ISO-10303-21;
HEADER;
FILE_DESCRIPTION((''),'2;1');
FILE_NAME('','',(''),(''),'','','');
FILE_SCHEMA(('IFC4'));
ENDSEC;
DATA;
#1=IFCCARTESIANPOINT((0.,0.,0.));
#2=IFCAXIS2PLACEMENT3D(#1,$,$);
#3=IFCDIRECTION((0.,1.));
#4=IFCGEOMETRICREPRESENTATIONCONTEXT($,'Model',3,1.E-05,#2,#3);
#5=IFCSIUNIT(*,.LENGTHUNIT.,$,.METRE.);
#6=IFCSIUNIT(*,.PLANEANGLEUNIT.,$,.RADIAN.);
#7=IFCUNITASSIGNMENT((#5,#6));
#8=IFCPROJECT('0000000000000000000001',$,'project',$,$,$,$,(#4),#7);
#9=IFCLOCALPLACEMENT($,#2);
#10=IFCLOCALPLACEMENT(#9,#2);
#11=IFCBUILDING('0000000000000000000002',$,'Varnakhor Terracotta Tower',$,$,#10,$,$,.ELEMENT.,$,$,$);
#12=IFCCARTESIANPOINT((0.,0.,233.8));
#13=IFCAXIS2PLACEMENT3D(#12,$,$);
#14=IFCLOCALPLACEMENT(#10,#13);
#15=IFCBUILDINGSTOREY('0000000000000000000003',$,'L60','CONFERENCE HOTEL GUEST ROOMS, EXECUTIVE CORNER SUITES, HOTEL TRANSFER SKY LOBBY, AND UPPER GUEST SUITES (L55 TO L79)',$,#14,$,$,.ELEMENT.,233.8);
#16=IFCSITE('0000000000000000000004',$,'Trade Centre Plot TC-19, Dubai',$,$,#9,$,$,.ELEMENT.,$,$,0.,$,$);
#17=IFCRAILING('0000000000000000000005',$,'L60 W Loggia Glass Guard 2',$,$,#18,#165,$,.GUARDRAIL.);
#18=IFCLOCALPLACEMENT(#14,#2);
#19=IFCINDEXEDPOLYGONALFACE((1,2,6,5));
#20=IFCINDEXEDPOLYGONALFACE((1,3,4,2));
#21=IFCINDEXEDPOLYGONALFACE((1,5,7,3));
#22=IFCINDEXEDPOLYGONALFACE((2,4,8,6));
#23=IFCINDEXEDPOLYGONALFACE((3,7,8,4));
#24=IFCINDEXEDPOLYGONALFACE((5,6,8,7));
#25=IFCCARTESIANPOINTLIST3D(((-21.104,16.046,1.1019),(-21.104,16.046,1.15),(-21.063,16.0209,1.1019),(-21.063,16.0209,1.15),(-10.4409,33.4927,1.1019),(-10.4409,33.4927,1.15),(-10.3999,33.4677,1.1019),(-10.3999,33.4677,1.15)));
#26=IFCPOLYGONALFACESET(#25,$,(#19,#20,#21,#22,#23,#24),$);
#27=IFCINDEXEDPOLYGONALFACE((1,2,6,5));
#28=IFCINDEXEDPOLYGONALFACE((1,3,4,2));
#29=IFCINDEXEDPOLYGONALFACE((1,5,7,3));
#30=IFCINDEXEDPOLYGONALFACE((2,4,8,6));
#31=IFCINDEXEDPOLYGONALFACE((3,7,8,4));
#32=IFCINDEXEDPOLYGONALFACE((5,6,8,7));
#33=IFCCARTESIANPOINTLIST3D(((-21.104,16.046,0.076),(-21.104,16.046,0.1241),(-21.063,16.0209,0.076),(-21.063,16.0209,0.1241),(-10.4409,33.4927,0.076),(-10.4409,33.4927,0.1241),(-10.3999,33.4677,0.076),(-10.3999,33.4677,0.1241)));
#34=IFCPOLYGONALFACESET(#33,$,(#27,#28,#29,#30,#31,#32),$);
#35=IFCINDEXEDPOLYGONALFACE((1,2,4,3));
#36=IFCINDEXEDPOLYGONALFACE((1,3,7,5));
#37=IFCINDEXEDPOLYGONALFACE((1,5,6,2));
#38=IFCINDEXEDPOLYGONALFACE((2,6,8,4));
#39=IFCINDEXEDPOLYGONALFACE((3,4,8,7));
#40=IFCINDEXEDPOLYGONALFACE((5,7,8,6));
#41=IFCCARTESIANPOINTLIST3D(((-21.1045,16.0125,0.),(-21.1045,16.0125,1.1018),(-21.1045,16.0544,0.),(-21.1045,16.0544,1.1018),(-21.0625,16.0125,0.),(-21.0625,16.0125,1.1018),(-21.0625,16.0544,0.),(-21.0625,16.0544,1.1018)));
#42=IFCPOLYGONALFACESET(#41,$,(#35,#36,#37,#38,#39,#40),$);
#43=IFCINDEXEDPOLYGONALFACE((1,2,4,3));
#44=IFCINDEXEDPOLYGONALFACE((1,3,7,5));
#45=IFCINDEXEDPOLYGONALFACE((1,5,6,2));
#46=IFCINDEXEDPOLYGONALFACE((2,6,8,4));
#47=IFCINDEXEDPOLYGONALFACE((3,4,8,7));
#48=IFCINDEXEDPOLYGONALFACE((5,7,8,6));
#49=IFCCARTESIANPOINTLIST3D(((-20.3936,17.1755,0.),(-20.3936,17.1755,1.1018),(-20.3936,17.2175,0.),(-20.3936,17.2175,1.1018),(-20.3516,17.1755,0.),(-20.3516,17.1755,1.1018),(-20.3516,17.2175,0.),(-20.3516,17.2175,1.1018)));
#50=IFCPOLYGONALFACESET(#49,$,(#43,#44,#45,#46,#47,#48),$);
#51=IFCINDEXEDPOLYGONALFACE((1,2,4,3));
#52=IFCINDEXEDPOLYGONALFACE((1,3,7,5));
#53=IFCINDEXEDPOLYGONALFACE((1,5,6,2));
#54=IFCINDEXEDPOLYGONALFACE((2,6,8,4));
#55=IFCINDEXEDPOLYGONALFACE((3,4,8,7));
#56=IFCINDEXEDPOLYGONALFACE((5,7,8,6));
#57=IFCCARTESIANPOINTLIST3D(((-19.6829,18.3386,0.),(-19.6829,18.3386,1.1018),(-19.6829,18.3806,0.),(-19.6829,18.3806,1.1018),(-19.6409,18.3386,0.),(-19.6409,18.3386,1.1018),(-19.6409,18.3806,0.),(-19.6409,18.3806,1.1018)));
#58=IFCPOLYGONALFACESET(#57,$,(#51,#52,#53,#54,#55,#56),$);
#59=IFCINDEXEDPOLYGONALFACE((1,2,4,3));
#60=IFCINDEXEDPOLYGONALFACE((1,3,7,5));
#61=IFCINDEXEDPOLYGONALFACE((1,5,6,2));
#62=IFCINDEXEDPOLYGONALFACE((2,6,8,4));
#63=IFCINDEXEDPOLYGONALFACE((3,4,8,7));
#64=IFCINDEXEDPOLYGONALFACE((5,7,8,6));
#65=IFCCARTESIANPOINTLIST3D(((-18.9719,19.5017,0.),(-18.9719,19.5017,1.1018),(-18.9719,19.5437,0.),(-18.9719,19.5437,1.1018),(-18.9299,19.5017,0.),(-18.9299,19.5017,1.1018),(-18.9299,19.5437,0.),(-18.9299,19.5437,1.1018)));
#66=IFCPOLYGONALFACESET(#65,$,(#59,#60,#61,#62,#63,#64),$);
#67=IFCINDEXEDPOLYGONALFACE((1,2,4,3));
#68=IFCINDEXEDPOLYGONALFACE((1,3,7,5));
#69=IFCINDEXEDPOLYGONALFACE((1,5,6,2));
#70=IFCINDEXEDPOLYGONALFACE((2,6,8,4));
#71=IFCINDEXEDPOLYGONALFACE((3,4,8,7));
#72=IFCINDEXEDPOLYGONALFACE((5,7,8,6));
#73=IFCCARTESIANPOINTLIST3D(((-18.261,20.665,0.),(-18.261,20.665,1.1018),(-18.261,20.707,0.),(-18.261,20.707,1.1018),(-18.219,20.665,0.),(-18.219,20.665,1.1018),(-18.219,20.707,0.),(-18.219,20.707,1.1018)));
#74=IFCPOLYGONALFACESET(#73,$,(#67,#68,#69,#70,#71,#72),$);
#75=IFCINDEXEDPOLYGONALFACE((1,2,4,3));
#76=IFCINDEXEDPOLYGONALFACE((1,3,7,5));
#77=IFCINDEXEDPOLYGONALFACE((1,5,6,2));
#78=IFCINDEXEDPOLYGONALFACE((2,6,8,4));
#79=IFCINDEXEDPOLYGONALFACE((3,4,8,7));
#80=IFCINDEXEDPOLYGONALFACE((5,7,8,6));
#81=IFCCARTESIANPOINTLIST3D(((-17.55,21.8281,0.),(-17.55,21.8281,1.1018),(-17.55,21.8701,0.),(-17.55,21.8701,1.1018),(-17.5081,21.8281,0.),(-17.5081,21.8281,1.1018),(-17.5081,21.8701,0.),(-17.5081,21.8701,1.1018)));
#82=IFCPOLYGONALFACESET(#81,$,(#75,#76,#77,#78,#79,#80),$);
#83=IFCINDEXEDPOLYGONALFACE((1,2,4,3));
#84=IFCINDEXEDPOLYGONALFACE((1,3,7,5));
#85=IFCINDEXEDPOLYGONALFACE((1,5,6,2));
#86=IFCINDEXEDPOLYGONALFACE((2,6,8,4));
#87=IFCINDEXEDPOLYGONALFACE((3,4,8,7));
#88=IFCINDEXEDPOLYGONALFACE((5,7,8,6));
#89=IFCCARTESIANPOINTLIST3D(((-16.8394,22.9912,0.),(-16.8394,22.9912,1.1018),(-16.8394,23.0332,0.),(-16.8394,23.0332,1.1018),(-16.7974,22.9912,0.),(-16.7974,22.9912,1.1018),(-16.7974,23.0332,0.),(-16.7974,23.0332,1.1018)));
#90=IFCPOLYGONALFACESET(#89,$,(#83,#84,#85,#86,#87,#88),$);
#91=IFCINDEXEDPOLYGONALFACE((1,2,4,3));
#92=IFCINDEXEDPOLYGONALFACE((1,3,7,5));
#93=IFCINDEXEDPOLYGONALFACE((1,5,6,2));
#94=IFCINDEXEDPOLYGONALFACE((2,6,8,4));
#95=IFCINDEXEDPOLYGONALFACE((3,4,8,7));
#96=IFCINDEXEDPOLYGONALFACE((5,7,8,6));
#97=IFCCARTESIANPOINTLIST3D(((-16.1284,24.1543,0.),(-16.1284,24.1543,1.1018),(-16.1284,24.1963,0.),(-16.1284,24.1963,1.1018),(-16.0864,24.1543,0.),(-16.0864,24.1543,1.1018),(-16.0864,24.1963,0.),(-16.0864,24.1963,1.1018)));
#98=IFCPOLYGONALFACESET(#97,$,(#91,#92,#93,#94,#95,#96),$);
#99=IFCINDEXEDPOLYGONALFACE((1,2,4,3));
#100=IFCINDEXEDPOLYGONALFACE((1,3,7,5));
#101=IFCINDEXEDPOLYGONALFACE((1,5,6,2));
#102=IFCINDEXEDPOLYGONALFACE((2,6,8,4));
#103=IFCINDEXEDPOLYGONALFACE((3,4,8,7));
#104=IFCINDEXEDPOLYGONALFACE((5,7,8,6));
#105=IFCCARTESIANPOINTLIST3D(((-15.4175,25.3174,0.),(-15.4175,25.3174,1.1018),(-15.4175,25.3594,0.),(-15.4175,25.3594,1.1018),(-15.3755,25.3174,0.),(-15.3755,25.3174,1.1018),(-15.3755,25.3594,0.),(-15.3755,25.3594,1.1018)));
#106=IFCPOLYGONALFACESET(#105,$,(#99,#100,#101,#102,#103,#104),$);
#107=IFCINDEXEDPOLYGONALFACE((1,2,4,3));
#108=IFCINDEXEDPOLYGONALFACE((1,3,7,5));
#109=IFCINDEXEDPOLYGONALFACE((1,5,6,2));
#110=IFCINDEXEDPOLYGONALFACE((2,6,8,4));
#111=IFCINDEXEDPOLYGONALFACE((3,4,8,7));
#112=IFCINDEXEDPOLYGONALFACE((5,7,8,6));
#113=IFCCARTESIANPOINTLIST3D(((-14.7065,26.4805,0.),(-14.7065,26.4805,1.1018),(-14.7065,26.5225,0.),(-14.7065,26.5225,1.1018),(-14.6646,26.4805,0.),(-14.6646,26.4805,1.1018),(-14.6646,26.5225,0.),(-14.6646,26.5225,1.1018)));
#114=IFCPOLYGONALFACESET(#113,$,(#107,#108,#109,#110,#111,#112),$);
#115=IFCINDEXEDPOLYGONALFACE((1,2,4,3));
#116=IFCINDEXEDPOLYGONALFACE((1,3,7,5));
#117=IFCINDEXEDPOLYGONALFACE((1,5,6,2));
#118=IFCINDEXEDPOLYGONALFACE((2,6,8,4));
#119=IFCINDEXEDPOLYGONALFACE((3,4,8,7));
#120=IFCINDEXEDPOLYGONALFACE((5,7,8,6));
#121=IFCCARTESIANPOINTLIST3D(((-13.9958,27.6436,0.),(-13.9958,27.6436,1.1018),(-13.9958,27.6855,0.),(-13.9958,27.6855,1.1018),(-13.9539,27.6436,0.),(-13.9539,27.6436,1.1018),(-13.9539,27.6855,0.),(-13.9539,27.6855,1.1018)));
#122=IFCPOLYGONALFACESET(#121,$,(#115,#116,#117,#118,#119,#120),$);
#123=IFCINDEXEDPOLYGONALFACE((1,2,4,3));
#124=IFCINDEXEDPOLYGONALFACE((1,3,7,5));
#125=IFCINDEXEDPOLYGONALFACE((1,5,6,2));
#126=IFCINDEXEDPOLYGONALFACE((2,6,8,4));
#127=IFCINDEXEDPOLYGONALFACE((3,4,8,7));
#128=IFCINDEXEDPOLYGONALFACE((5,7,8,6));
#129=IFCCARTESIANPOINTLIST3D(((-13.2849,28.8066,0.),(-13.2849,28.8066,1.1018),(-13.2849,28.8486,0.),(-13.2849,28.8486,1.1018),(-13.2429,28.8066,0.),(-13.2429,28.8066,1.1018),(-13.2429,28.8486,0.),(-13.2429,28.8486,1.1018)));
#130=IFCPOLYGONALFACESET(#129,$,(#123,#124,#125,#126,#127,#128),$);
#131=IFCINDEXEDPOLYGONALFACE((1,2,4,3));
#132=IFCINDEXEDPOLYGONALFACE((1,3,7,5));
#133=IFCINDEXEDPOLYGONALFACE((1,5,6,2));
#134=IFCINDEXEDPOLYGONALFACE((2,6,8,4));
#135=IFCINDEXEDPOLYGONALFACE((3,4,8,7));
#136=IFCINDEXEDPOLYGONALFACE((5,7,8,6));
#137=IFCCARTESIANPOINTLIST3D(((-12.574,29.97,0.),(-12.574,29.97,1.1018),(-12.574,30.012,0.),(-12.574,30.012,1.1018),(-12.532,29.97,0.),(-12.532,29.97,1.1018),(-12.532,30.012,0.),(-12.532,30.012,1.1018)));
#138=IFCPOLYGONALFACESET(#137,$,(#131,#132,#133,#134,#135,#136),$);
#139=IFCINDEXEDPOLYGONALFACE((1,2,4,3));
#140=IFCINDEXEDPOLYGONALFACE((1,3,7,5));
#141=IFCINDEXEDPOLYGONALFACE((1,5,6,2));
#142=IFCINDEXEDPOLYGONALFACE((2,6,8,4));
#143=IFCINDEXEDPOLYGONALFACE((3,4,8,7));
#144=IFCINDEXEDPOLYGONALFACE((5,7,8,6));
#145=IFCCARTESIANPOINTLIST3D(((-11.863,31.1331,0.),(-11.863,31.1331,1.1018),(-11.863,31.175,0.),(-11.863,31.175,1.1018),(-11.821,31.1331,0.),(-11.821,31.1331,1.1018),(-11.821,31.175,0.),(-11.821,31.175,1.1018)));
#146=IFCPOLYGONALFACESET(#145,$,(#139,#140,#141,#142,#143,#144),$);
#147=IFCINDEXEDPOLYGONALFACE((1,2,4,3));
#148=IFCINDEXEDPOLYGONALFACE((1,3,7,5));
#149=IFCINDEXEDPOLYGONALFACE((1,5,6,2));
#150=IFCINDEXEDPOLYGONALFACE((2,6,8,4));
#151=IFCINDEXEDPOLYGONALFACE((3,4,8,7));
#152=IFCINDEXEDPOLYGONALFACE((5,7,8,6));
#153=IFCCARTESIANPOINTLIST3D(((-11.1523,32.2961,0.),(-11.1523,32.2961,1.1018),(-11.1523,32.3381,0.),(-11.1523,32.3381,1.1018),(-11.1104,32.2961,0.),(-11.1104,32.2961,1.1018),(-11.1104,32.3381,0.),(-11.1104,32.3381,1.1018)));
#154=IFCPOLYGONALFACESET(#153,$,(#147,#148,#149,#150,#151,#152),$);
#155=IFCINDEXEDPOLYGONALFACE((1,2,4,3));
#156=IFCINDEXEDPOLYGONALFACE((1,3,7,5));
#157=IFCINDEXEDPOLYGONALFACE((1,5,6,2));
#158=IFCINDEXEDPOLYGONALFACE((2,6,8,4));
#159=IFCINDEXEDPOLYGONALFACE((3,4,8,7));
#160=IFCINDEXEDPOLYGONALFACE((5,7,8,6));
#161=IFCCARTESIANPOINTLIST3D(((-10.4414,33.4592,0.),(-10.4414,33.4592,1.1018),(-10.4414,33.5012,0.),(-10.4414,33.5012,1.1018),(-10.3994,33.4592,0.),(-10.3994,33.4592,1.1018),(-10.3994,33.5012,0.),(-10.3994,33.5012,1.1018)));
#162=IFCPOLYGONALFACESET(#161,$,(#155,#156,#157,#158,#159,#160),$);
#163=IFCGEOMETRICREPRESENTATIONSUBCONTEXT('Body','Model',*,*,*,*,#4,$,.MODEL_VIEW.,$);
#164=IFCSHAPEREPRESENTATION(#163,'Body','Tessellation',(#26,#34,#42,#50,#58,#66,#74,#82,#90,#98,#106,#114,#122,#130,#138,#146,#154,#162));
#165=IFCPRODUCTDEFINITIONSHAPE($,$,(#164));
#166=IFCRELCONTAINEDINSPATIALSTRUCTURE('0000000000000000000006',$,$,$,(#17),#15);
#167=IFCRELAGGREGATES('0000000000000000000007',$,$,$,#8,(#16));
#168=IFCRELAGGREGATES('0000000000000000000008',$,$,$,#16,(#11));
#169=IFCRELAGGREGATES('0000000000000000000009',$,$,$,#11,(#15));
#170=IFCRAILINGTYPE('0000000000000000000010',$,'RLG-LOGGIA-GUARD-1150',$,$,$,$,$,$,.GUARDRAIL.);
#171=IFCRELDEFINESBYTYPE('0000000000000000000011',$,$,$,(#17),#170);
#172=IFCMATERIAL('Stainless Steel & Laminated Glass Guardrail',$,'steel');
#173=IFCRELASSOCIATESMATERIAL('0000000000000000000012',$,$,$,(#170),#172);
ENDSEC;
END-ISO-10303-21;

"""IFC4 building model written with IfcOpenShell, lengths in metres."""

from ifc_helpers import new_model, si_unit, direction, frame, origin, origin_2d, place, context, subcontext, project, spatial, rectangle, extrude, material, type_object, element, save


model = new_model("IFC4")

# Units and contexts
model_context = context("Model", 3, precision=1e-05, world=origin(), true_north=direction((0.0, 1.0)))
body_context = subcontext(model_context, "Body", "Model", "MODEL_VIEW")
ifc_project = project(units=[si_unit("LENGTHUNIT", "METRE"), si_unit("PLANEANGLEUNIT", "RADIAN")], contexts=[model_context])

# Site, building, storey
site_placement = place(None, origin())
site = spatial("IfcSite", under=ifc_project, at=site_placement, Name="Trade Centre Plot TC-19, Dubai", CompositionType="ELEMENT", RefElevation=0.0)
building_placement = place(site_placement, origin())
building = spatial("IfcBuilding", under=site, at=building_placement, Name="Varnakhor Terracotta Tower", CompositionType="ELEMENT")
storey_placement = place(building_placement, frame((0.0, 0.0, 233.8)))
storey = spatial("IfcBuildingStorey", under=building, at=storey_placement, Name="L60", Description="CONFERENCE HOTEL GUEST ROOMS, EXECUTIVE CORNER SUITES, HOTEL TRANSFER SKY LOBBY, AND UPPER GUEST SUITES (L55 TO L79)", CompositionType="ELEMENT", Elevation=233.8)

# Railing
ifc_material_1 = material(Name="Stainless Steel & Laminated Glass Guardrail", Category="steel")
railing_type = type_object("IfcRailingType", Name="RLG-LOGGIA-GUARD-1150", PredefinedType="GUARDRAIL", material=ifc_material_1)
railing_1_placement = place(storey_placement, frame((-21.0835, 16.0334, 0.0)))
element("IfcRailing", 1, at=railing_1_placement, inside=storey, type_object=railing_type, Name="L60 W Loggia Glass Guard 2", PredefinedType="GUARDRAIL", context=body_context, shape_type="SweptSolid", body=[
    extrude(rectangle(XDim=0.0481, YDim=0.0481, at=origin_2d()), frame((0.0, 0.0, 1.126), z_axis=(0.521492, 0.853256, 0.0), x_axis=(-0.853256, 0.521492, 0.0)), (0.0, 0.0, 1.0), 20.4473),
    extrude(rectangle(XDim=0.0481, YDim=0.0481, at=origin_2d()), frame((0.0, 0.0, 0.1001), z_axis=(0.521492, 0.853256, 0.0), x_axis=(-0.853256, 0.521492, 0.0)), (0.0, 0.0, 1.0), 20.4473),
    extrude(rectangle(XDim=0.042, YDim=0.042, at=origin_2d()), origin(), (0.0, 0.0, 1.0), 1.1018),
    extrude(rectangle(XDim=0.042, YDim=0.042, at=origin_2d()), frame((0.7109, 1.1631, 0.0)), (0.0, 0.0, 1.0), 1.1018),
    extrude(rectangle(XDim=0.042, YDim=0.042, at=origin_2d()), frame((1.4216, 2.3262, 0.0)), (0.0, 0.0, 1.0), 1.1018),
    extrude(rectangle(XDim=0.042, YDim=0.042, at=origin_2d()), frame((2.1326, 3.4893, 0.0)), (0.0, 0.0, 1.0), 1.1018),
    extrude(rectangle(XDim=0.042, YDim=0.042, at=origin_2d()), frame((2.8435, 4.6526, 0.0)), (0.0, 0.0, 1.0), 1.1018),
    extrude(rectangle(XDim=0.042, YDim=0.042, at=origin_2d()), frame((3.5544, 5.8157, 0.0)), (0.0, 0.0, 1.0), 1.1018),
    extrude(rectangle(XDim=0.042, YDim=0.042, at=origin_2d()), frame((4.2651, 6.9788, 0.0)), (0.0, 0.0, 1.0), 1.1018),
    extrude(rectangle(XDim=0.042, YDim=0.042, at=origin_2d()), frame((4.9761, 8.1418, 0.0)), (0.0, 0.0, 1.0), 1.1018),
    extrude(rectangle(XDim=0.042, YDim=0.042, at=origin_2d()), frame((5.687, 9.3049, 0.0)), (0.0, 0.0, 1.0), 1.1018),
    extrude(rectangle(XDim=0.042, YDim=0.042, at=origin_2d()), frame((6.3979, 10.468, 0.0)), (0.0, 0.0, 1.0), 1.1018),
    extrude(rectangle(XDim=0.042, YDim=0.042, at=origin_2d()), frame((7.1086, 11.6311, 0.0)), (0.0, 0.0, 1.0), 1.1018),
    extrude(rectangle(XDim=0.042, YDim=0.042, at=origin_2d()), frame((7.8196, 12.7942, 0.0)), (0.0, 0.0, 1.0), 1.1018),
    extrude(rectangle(XDim=0.042, YDim=0.042, at=origin_2d()), frame((8.5305, 13.9575, 0.0)), (0.0, 0.0, 1.0), 1.1018),
    extrude(rectangle(XDim=0.042, YDim=0.042, at=origin_2d()), frame((9.2415, 15.1206, 0.0)), (0.0, 0.0, 1.0), 1.1018),
    extrude(rectangle(XDim=0.042, YDim=0.042, at=origin_2d()), frame((9.9521, 16.2837, 0.0)), (0.0, 0.0, 1.0), 1.1018),
    extrude(rectangle(XDim=0.042, YDim=0.042, at=origin_2d()), frame((10.6631, 17.4468, 0.0)), (0.0, 0.0, 1.0), 1.1018),
])

save(model, "model.ifc")
